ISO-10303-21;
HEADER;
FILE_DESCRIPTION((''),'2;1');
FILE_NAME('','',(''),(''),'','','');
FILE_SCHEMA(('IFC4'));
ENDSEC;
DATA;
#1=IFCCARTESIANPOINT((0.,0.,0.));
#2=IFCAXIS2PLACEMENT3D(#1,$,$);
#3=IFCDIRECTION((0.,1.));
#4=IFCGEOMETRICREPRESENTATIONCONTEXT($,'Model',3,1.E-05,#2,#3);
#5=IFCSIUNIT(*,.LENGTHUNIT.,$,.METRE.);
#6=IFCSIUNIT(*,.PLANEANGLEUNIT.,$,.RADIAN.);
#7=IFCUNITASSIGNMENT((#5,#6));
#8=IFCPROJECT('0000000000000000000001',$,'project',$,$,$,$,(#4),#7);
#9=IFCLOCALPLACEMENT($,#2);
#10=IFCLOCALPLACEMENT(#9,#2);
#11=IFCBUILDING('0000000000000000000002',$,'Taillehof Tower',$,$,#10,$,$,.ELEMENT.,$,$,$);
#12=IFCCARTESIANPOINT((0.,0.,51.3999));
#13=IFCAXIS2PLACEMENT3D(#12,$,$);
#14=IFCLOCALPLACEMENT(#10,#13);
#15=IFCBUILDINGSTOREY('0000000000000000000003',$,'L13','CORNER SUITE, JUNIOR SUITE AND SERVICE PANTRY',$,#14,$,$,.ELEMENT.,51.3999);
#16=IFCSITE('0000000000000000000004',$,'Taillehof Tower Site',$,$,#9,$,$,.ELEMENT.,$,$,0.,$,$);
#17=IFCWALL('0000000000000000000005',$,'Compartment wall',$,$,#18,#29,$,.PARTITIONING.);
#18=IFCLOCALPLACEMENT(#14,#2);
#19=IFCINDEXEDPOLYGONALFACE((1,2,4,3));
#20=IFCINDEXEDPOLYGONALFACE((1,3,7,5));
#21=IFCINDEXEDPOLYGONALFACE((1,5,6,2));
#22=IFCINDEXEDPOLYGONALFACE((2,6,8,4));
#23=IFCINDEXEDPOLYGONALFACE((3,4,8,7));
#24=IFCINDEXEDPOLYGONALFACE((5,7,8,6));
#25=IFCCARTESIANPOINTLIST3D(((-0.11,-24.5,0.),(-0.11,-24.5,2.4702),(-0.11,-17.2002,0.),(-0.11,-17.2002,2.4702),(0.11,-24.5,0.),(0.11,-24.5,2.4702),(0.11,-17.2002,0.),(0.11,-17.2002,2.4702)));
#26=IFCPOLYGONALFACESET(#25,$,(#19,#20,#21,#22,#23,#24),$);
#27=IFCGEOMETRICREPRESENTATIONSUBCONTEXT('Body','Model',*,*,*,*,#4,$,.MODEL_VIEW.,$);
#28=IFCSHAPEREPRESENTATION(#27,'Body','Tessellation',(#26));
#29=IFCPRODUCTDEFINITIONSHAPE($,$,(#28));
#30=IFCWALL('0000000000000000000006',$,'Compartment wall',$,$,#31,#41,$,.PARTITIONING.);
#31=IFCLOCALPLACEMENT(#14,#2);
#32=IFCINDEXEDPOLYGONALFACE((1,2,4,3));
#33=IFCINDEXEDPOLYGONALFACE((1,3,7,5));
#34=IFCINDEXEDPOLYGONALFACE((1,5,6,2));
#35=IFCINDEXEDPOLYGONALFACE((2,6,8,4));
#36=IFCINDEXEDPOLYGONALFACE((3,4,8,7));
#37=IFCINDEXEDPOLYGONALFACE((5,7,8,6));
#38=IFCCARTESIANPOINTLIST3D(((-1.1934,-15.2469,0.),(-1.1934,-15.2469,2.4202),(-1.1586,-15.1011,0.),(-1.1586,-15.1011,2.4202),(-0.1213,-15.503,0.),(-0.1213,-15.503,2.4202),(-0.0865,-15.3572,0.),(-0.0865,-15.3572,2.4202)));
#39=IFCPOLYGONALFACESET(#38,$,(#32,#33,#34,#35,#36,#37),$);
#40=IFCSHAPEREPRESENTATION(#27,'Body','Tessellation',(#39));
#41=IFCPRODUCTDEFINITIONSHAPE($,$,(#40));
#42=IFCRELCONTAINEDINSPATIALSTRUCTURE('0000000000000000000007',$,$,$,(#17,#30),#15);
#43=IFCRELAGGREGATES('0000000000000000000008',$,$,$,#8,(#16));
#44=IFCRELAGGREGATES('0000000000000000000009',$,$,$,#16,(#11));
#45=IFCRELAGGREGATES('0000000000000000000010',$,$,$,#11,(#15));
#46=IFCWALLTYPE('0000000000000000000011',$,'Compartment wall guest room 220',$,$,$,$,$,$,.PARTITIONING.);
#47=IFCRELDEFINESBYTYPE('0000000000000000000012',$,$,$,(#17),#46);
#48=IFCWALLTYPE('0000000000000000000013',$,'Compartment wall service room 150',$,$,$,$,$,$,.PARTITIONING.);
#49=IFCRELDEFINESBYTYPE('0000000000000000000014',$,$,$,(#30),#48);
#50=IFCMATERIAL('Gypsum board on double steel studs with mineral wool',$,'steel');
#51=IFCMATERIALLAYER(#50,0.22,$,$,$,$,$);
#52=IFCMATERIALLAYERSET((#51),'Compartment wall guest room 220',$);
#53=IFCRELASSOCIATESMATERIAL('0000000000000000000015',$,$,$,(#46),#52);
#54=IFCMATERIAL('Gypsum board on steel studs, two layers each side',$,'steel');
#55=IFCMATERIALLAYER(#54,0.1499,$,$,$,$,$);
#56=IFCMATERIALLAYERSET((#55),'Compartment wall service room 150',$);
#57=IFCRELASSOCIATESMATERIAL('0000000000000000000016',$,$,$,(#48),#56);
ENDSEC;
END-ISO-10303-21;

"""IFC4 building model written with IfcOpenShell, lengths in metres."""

from ifc_helpers import new_model, si_unit, direction, frame, frame_2d, origin, place, context, subcontext, project, spatial, rectangle, extrude, material, layer, layer_set, type_object, element, save


model = new_model("IFC4")

# Units and contexts
model_context = context("Model", 3, precision=1e-05, world=origin(), true_north=direction((0.0, 1.0)))
body_context = subcontext(model_context, "Body", "Model", "MODEL_VIEW")
ifc_project = project(units=[si_unit("LENGTHUNIT", "METRE"), si_unit("PLANEANGLEUNIT", "RADIAN")], contexts=[model_context])

# Site, building, storey
site_placement = place(None, origin())
site = spatial("IfcSite", under=ifc_project, at=site_placement, Name="Taillehof Tower Site", CompositionType="ELEMENT", RefElevation=0.0)
building_placement = place(site_placement, origin())
building = spatial("IfcBuilding", under=site, at=building_placement, Name="Taillehof Tower", CompositionType="ELEMENT")
storey_placement = place(building_placement, frame((0.0, 0.0, 51.3999)))
storey = spatial("IfcBuildingStorey", under=building, at=storey_placement, Name="L13", Description="CORNER SUITE, JUNIOR SUITE AND SERVICE PANTRY", CompositionType="ELEMENT", Elevation=51.3999)

# Walls
ifc_material_1 = material(Name="Gypsum board on double steel studs with mineral wool", Category="steel")
ifc_layer_1 = layer(ifc_material_1, 0.22)
ifc_layer_set_1 = layer_set([ifc_layer_1], Name="Compartment wall guest room 220")
wall_type_1 = type_object("IfcWallType", Name="Compartment wall guest room 220", PredefinedType="PARTITIONING", material=ifc_layer_set_1)
wall_1_placement = place(storey_placement, frame((0.0, -24.5, 0.0), z_axis=(0.0, 0.0, 1.0), x_axis=(0.0, 1.0, 0.0)))
element("IfcWall", 1, at=wall_1_placement, inside=storey, type_object=wall_type_1, Name="Compartment wall", PredefinedType="PARTITIONING", context=body_context, shape_type="SweptSolid", body=[
    extrude(rectangle(XDim=7.2998, YDim=0.22, at=frame_2d((3.6499, 0.0))), origin(), (0.0, 0.0, 1.0), 2.4702),
])
ifc_material_2 = material(Name="Gypsum board on steel studs, two layers each side", Category="steel")
ifc_layer_2 = layer(ifc_material_2, 0.1499)
ifc_layer_set_2 = layer_set([ifc_layer_2], Name="Compartment wall service room 150")
wall_type_2 = type_object("IfcWallType", Name="Compartment wall service room 150", PredefinedType="PARTITIONING", material=ifc_layer_set_2)
wall_2_placement = place(storey_placement, frame((-0.1038, -15.4302, 0.0), z_axis=(0.0, 0.0, 1.0), x_axis=(-0.97263, 0.232359, 0.0)))
element("IfcWall", 2, at=wall_2_placement, inside=storey, type_object=wall_type_2, Name="Compartment wall", PredefinedType="PARTITIONING", context=body_context, shape_type="SweptSolid", body=[
    extrude(rectangle(XDim=1.1023, YDim=0.1499, at=frame_2d((0.5513, 0.0))), origin(), (0.0, 0.0, 1.0), 2.4202),
])

save(model, "model.ifc")
